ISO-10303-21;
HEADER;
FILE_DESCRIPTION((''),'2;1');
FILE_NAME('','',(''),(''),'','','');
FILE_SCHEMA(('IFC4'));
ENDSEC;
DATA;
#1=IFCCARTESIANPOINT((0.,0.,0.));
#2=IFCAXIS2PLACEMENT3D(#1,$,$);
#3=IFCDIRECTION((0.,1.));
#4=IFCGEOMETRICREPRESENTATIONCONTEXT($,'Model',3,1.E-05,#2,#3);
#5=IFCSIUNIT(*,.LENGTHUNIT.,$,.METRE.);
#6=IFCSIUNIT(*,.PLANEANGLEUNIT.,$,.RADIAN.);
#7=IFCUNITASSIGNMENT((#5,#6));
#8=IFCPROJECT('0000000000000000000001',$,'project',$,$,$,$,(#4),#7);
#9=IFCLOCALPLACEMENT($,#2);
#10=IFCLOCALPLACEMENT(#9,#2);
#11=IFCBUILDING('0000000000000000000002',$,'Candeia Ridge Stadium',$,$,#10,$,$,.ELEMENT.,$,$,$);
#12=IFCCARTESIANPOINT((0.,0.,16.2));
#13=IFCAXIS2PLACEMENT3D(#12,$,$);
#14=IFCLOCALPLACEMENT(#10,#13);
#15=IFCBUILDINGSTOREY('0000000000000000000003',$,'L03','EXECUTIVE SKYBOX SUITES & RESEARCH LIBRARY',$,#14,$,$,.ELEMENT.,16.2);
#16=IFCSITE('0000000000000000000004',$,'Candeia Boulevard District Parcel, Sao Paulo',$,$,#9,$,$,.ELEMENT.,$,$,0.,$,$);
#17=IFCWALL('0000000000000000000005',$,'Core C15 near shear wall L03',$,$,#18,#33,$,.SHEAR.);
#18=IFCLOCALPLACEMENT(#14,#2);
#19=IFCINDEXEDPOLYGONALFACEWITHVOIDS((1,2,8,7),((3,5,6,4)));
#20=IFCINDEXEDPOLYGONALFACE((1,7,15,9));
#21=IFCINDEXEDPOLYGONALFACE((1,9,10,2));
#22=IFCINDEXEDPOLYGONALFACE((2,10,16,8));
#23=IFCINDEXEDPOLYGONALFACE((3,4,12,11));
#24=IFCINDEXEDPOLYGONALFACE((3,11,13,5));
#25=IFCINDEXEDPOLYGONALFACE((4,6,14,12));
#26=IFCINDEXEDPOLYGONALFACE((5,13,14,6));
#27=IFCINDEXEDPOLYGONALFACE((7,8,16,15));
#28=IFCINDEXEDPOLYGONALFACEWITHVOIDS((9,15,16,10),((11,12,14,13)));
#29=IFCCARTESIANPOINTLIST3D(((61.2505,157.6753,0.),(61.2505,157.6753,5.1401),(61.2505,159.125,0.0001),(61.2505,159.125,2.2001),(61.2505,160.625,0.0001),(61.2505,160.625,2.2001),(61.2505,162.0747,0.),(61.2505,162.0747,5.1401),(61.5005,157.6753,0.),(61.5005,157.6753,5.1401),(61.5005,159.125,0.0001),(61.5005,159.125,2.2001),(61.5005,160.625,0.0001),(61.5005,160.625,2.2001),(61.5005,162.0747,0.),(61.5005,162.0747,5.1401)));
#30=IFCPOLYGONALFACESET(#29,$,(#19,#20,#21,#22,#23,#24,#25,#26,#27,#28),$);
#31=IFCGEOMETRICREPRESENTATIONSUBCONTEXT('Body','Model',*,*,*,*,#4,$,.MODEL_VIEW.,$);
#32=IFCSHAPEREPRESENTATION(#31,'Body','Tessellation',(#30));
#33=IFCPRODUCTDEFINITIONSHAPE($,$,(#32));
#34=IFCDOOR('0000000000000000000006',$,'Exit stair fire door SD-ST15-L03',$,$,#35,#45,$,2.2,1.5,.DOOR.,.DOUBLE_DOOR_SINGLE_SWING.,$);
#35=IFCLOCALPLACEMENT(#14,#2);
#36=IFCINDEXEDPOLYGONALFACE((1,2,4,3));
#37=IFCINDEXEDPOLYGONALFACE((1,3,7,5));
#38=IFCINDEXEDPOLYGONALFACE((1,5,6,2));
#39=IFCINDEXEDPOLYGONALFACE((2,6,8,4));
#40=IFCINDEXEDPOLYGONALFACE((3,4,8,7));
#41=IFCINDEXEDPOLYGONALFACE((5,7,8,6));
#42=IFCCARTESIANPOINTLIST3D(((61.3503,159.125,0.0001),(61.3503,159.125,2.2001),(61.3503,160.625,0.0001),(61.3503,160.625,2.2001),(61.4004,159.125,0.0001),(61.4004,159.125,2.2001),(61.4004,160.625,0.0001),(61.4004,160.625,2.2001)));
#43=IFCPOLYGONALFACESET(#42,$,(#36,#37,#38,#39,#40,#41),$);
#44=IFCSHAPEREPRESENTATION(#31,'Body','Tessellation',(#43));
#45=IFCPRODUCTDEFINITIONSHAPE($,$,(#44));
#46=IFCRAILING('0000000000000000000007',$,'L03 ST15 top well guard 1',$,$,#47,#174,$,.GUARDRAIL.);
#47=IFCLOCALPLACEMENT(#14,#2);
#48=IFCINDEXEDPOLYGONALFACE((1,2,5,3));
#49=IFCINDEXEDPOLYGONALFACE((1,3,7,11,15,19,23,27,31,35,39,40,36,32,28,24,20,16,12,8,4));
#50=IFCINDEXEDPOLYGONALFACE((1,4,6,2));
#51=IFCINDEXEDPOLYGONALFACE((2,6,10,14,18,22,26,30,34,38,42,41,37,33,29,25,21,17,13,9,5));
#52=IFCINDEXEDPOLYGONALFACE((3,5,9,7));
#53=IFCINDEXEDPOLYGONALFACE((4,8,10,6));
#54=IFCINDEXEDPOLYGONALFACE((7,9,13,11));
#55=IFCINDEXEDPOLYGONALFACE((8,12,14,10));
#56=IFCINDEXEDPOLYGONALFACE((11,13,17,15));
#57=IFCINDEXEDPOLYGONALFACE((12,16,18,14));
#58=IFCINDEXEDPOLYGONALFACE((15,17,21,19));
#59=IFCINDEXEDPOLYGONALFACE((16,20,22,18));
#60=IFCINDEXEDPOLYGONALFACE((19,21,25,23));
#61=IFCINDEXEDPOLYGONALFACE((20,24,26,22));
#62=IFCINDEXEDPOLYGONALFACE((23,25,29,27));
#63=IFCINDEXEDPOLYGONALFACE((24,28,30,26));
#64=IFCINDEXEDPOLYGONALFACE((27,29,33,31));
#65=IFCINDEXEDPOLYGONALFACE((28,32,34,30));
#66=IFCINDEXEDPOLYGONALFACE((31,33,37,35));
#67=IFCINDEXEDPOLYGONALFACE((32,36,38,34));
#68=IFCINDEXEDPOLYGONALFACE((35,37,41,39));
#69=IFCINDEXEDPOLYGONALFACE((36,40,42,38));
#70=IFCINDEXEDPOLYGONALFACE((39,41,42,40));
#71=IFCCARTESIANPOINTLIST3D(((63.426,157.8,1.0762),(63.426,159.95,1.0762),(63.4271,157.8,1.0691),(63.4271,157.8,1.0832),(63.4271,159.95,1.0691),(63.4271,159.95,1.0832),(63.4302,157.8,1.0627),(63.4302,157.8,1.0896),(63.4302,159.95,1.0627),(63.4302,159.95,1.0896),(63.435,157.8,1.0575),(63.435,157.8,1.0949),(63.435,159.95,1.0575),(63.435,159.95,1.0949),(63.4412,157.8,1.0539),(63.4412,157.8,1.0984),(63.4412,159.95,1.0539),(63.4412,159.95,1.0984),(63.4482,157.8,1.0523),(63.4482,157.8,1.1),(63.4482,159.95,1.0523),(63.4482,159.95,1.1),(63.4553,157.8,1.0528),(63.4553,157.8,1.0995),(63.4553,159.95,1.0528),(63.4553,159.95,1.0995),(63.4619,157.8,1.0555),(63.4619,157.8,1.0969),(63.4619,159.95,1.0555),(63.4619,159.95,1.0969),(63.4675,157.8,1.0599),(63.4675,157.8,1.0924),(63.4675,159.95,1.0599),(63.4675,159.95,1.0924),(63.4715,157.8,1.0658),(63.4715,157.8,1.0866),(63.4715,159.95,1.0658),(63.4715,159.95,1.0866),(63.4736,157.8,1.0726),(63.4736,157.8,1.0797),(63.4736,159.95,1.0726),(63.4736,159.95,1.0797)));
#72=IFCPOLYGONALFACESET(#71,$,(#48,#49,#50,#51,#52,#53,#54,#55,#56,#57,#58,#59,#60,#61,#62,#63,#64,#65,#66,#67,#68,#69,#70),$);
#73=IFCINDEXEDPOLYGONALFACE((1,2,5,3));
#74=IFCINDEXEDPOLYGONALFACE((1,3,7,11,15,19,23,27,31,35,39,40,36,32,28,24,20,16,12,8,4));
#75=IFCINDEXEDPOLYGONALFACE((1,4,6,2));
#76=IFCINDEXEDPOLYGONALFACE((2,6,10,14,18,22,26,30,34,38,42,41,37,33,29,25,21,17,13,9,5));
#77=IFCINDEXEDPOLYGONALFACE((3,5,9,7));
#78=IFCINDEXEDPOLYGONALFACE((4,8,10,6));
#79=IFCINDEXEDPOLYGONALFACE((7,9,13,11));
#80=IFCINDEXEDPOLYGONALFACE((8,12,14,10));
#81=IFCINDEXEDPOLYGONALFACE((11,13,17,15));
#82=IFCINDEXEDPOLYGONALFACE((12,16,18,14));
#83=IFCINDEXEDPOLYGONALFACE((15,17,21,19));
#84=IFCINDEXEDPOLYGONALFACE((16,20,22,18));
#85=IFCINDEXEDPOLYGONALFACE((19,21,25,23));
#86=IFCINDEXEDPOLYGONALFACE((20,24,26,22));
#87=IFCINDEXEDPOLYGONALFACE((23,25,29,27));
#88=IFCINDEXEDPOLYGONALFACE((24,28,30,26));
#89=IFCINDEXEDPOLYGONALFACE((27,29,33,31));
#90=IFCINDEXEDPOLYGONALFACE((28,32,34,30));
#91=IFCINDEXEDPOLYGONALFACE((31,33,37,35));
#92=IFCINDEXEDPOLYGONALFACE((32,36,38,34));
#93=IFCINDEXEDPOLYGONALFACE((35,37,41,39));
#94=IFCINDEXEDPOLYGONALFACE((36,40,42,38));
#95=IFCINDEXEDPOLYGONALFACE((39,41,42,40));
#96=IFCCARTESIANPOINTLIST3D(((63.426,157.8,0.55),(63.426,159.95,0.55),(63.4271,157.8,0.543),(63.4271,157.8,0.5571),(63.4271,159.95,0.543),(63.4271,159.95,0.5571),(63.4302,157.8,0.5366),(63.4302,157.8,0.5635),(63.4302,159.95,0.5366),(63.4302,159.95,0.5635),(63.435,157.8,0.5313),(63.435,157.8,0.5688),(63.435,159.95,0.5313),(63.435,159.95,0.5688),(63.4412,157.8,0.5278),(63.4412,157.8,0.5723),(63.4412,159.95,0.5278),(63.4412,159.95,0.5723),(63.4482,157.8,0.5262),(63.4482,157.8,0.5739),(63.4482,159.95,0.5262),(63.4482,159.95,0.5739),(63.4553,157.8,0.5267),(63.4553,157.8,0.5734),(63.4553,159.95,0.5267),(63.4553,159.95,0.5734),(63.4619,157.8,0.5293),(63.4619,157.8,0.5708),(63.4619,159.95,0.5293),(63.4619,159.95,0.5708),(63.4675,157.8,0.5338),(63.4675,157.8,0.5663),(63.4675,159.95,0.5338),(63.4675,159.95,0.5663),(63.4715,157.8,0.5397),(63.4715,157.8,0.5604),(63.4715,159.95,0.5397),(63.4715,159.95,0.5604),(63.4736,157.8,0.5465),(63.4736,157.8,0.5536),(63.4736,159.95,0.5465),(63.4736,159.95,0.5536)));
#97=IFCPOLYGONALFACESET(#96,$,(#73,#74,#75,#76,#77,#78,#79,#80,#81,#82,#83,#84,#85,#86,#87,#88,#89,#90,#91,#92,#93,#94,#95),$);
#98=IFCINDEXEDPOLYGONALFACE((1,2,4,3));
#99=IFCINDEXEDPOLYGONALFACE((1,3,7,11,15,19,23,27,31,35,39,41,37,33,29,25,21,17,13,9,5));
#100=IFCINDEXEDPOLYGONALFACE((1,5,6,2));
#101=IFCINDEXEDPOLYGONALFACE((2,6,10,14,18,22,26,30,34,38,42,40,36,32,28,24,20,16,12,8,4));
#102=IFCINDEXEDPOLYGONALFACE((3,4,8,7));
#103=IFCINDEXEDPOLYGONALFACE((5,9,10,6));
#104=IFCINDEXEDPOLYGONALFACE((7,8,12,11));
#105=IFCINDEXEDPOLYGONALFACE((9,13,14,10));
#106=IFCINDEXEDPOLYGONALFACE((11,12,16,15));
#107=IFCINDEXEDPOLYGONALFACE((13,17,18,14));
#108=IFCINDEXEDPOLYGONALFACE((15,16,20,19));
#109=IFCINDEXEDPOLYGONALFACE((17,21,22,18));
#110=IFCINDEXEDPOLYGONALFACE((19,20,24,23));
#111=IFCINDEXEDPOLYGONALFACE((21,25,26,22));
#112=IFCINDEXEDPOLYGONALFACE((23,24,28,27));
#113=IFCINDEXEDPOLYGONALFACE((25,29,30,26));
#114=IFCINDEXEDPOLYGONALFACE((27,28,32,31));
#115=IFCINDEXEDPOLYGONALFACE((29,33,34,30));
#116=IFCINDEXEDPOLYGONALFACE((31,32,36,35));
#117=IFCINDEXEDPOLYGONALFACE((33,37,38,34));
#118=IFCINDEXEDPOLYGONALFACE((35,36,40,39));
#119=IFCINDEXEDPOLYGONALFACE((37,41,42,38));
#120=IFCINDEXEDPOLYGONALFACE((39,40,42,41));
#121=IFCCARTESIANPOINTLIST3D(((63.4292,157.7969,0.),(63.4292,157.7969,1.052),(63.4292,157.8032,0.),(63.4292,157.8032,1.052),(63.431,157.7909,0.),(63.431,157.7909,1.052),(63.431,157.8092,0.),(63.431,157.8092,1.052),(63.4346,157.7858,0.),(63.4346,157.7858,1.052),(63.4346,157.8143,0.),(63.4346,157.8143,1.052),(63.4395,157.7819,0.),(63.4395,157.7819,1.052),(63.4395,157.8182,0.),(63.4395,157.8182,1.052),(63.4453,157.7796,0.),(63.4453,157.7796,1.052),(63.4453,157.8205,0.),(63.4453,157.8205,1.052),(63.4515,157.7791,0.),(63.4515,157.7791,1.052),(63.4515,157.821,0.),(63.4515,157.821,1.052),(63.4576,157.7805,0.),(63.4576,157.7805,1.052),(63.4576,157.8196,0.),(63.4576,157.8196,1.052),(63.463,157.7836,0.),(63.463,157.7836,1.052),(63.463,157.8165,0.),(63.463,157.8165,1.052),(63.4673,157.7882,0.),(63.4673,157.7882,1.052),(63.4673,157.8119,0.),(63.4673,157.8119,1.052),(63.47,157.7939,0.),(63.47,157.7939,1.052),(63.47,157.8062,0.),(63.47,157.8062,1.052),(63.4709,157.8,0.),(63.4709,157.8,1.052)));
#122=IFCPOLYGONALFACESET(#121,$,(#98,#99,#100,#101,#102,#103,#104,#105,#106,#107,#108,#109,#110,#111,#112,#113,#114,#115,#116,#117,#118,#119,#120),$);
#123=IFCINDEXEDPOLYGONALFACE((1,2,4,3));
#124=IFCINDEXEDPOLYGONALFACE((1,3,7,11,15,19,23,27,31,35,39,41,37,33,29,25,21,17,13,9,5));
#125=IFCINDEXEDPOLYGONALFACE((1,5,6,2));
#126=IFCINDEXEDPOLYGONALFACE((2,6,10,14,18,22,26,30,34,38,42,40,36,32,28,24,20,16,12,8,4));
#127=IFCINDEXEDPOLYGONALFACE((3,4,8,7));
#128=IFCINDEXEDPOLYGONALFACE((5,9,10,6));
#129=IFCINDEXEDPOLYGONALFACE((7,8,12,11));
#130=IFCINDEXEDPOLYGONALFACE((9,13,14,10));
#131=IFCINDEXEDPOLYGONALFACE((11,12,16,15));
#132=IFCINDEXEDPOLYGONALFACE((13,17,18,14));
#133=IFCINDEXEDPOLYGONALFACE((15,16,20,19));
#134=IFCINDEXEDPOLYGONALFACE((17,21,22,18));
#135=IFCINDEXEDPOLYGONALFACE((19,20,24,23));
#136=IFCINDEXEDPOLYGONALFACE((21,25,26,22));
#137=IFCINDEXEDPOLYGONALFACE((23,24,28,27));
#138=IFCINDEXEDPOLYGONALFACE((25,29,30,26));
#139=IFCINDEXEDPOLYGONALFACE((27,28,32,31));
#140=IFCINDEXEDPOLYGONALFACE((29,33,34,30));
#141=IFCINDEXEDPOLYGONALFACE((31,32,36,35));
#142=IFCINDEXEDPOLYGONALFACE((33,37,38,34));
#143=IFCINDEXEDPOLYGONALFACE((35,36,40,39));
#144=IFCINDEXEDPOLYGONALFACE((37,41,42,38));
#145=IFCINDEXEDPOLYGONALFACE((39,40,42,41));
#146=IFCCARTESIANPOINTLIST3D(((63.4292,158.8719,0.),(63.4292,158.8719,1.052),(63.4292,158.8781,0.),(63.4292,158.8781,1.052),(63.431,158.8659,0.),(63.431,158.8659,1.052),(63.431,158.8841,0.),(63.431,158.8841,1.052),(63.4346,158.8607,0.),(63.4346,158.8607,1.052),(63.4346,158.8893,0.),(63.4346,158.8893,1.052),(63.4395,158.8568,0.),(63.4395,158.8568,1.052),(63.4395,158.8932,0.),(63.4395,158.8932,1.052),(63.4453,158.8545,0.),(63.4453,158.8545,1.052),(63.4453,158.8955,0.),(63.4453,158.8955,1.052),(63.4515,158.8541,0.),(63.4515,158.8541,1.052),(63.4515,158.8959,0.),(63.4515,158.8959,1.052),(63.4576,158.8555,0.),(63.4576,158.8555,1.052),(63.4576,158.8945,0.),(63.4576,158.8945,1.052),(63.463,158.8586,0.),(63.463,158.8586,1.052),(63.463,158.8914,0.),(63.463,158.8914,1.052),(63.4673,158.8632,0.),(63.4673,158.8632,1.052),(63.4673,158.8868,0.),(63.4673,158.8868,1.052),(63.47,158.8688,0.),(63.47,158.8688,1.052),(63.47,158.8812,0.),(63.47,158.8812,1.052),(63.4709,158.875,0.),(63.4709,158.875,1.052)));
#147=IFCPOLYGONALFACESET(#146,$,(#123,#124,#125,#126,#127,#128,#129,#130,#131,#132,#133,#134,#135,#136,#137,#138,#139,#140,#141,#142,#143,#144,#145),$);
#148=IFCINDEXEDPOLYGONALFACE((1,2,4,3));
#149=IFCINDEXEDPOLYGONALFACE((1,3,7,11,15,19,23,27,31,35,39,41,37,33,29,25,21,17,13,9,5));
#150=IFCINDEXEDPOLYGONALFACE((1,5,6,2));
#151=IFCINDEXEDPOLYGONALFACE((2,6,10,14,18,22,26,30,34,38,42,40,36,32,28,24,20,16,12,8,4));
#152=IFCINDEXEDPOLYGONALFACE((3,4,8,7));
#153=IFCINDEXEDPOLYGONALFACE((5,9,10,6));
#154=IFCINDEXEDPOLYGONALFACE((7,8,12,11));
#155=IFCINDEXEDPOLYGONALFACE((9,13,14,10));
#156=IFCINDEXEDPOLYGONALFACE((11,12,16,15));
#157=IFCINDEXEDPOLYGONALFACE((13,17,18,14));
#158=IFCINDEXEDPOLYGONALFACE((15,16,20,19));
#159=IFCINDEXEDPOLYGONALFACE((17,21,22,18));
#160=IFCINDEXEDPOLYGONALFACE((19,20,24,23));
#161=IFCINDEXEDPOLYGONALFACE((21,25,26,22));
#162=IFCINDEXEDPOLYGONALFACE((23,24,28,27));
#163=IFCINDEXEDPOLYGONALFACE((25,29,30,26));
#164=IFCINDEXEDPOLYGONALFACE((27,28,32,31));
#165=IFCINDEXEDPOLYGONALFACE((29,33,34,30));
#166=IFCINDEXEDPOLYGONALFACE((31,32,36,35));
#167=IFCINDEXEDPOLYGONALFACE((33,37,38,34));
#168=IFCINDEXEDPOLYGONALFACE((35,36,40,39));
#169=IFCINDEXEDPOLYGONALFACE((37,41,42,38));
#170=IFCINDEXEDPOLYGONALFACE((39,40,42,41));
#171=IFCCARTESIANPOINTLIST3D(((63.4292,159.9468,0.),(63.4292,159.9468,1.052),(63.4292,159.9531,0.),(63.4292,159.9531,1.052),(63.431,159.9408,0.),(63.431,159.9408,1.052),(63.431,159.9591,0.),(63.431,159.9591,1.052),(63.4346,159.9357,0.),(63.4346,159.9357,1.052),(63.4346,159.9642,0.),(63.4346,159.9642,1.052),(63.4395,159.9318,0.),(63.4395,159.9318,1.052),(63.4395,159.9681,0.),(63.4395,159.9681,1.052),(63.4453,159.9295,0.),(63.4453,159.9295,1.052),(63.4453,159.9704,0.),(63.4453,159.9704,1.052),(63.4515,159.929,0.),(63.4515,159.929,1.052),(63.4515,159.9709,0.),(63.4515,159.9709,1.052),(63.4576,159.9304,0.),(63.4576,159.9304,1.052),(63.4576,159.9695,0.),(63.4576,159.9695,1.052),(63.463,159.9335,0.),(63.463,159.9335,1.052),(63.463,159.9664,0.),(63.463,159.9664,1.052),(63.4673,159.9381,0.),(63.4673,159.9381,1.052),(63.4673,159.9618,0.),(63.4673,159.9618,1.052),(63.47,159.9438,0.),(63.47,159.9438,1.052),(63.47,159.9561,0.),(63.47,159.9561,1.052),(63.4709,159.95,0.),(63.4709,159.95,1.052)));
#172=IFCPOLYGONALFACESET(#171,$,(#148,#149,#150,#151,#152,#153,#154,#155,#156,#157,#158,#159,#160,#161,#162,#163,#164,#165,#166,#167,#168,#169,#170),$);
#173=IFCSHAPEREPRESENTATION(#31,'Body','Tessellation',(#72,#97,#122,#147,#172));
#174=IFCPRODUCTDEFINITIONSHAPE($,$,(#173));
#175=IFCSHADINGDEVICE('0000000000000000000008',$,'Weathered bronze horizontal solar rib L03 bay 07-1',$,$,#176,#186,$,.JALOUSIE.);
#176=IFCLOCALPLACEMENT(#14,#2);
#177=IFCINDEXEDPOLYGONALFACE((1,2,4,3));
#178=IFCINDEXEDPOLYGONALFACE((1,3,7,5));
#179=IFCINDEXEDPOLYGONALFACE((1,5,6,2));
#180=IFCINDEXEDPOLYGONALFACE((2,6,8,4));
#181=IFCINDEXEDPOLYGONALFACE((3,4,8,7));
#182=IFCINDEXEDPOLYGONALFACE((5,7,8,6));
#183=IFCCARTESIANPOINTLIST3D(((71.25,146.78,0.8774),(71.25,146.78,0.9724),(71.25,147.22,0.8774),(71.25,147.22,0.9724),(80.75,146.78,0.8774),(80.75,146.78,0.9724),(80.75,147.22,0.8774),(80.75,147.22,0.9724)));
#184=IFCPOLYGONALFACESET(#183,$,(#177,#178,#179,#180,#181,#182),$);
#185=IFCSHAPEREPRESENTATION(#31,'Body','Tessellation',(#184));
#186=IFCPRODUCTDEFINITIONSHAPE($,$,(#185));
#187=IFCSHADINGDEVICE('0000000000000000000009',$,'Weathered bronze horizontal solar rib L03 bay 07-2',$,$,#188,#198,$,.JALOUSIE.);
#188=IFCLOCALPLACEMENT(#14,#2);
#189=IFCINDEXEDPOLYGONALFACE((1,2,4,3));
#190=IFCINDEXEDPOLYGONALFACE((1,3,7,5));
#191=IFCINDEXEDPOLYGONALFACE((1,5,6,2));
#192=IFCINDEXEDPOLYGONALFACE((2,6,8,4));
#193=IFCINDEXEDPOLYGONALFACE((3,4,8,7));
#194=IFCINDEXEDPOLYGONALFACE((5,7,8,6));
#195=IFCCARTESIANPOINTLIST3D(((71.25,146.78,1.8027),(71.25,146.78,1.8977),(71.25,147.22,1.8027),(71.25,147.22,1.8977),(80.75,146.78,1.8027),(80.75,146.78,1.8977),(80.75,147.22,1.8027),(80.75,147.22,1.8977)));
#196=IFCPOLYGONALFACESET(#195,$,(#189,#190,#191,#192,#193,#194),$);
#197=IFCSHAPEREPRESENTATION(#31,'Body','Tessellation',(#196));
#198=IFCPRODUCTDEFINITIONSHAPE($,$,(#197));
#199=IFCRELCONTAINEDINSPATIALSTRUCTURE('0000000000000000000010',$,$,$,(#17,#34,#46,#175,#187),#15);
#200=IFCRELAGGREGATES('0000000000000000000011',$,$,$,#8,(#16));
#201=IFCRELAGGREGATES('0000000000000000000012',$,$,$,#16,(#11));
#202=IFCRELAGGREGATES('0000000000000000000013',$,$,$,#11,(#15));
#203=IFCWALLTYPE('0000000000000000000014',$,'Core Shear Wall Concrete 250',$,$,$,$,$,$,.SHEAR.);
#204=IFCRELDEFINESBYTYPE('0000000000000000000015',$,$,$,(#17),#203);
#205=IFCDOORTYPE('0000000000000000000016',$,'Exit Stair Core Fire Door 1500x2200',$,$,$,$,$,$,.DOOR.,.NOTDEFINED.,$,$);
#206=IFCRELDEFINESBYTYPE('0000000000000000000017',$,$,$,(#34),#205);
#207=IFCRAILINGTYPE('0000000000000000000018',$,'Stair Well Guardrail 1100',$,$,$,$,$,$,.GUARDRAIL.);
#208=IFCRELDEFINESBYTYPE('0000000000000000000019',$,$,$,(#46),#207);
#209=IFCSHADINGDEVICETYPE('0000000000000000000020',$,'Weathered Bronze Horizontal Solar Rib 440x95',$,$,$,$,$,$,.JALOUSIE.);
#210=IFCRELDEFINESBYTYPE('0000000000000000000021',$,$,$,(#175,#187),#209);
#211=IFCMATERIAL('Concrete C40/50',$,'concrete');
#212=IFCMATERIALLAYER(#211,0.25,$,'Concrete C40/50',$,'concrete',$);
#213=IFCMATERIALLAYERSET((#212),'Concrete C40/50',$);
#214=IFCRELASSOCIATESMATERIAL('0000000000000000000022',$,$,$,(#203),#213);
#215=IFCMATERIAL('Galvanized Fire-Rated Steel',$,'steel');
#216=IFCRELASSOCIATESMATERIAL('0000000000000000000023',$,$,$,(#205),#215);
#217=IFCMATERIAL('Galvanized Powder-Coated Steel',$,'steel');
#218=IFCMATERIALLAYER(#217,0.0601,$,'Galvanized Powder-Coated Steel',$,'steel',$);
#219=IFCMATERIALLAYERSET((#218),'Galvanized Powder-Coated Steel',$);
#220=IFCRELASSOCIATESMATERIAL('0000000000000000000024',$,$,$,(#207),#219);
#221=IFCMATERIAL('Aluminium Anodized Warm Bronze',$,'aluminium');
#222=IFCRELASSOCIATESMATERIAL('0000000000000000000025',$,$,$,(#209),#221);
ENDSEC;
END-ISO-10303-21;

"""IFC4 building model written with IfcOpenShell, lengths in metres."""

from ifc_helpers import new_model, si_unit, direction, frame, frame_2d, origin, origin_2d, place, context, subcontext, project, spatial, rectangle, circle, extrude, material, layer, layer_set, type_object, element, fill, save


model = new_model("IFC4")

# Units and contexts
model_context = context("Model", 3, precision=1e-05, world=origin(), true_north=direction((0.0, 1.0)))
body_context = subcontext(model_context, "Body", "Model", "MODEL_VIEW")
ifc_project = project(units=[si_unit("LENGTHUNIT", "METRE"), si_unit("PLANEANGLEUNIT", "RADIAN")], contexts=[model_context])

# Site, building, storey
site_placement = place(None, origin())
site = spatial("IfcSite", under=ifc_project, at=site_placement, Name="Candeia Boulevard District Parcel, Sao Paulo", CompositionType="ELEMENT", RefElevation=0.0)
building_placement = place(site_placement, origin())
building = spatial("IfcBuilding", under=site, at=building_placement, Name="Candeia Ridge Stadium", CompositionType="ELEMENT")
storey_placement = place(building_placement, frame((0.0, 0.0, 16.2)))
storey = spatial("IfcBuildingStorey", under=building, at=storey_placement, Name="L03", Description="EXECUTIVE SKYBOX SUITES & RESEARCH LIBRARY", CompositionType="ELEMENT", Elevation=16.2)

# Shared definitions
ifc_material_1 = material(Name="Concrete C40/50", Category="concrete")

# Shared definitions
ifc_material_2 = material(Name="Aluminium Anodized Warm Bronze", Category="aluminium")

# Shared definitions
ifc_layer_1 = layer(ifc_material_1, 0.25, Name="Concrete C40/50", Category="concrete")
ifc_layer_set_1 = layer_set([ifc_layer_1], Name="Concrete C40/50")
wall_type = type_object("IfcWallType", Name="Core Shear Wall Concrete 250", PredefinedType="SHEAR", material=ifc_layer_set_1)

# Wall, opening, door
wall_1_placement = place(storey_placement, frame((61.3755, 162.0747, 0.0), z_axis=(0.0, 0.0, 1.0), x_axis=(0.0, -1.0, 0.0)))
wall_1 = element("IfcWall", 1, at=wall_1_placement, inside=storey, type_object=wall_type, Name="Core C15 near shear wall L03", PredefinedType="SHEAR", context=body_context, shape_type="SweptSolid", body=[
    extrude(rectangle(XDim=4.3994, YDim=0.25, at=frame_2d((2.1997, 0.0))), origin(), (0.0, 0.0, 1.0), 5.1401),
])
opening_placement = place(wall_1_placement, frame((1.4497, 0.0, 0.0)))
opening = element("IfcOpeningElement", 2, at=opening_placement, cuts=wall_1, PredefinedType="OPENING", context=body_context, shape_type="SweptSolid", body=[
    extrude(rectangle(XDim=1.5, YDim=2.2, at=frame_2d((0.75, 1.1001))), frame((0.0, 0.135, 0.0), z_axis=(0.0, -1.0, 0.0), x_axis=(1.0, 0.0, 0.0)), (0.0, 0.0, 1.0), 0.27),
])
ifc_material_3 = material(Name="Galvanized Fire-Rated Steel", Category="steel")
door_type = type_object("IfcDoorType", Name="Exit Stair Core Fire Door 1500x2200", OperationType="NOTDEFINED", PredefinedType="DOOR", material=ifc_material_3)
door_placement = place(opening_placement, origin())
door = element("IfcDoor", 3, at=door_placement, inside=storey, type_object=door_type, Name="Exit stair fire door SD-ST15-L03", OperationType="DOUBLE_DOOR_SINGLE_SWING", OverallHeight=2.2, OverallWidth=1.5, PredefinedType="DOOR", context=body_context, shape_type="SweptSolid", body=[
    extrude(rectangle(XDim=1.5, YDim=2.2, at=frame_2d((0.75, 1.1001))), frame((0.0, 0.0249, 0.0), z_axis=(0.0, -1.0, 0.0), x_axis=(1.0, 0.0, 0.0)), (0.0, 0.0, 1.0), 0.05),
])
fill(opening, door)

# Railing
ifc_material_4 = material(Name="Galvanized Powder-Coated Steel", Category="steel")
ifc_layer_2 = layer(ifc_material_4, 0.0601, Name="Galvanized Powder-Coated Steel", Category="steel")
ifc_layer_set_2 = layer_set([ifc_layer_2], Name="Galvanized Powder-Coated Steel")
railing_type = type_object("IfcRailingType", Name="Stair Well Guardrail 1100", PredefinedType="GUARDRAIL", material=ifc_layer_set_2)
railing_placement = place(storey_placement, frame((63.45, 157.8, 0.0)))
element("IfcRailing", 4, at=railing_placement, inside=storey, type_object=railing_type, Name="L03 ST15 top well guard 1", PredefinedType="GUARDRAIL", context=body_context, shape_type="SweptSolid", body=[
    extrude(circle(Radius=0.0239, at=origin_2d()), frame((0.0, 0.0, 1.0762), z_axis=(0.0, 1.0, 0.0), x_axis=(-1.0, 0.0, 0.0)), (0.0, 0.0, 1.0), 2.1499),
    extrude(circle(Radius=0.0239, at=origin_2d()), frame((0.0, 0.0, 0.55), z_axis=(0.0, 1.0, 0.0), x_axis=(-1.0, 0.0, 0.0)), (0.0, 0.0, 1.0), 2.1499),
    extrude(circle(Radius=0.021, at=origin_2d()), origin(), (0.0, 0.0, 1.0), 1.052),
    extrude(circle(Radius=0.021, at=origin_2d()), frame((0.0, 1.075, 0.0)), (0.0, 0.0, 1.0), 1.052),
    extrude(circle(Radius=0.021, at=origin_2d()), frame((0.0, 2.1499, 0.0)), (0.0, 0.0, 1.0), 1.052),
])

# Shading devices
shading_device_type = type_object("IfcShadingDeviceType", Name="Weathered Bronze Horizontal Solar Rib 440x95", PredefinedType="JALOUSIE", material=ifc_material_2)
for number, where, z_axis, x_axis, name in (
    (5, (76.0, 147.0, 0.8774), (0.0, 0.0, 1.0), (-1.0, 0.0, 0.0), "Weathered bronze horizontal solar rib L03 bay 07-1"),
    (6, (76.0, 147.0, 1.8027), (0.0, 0.0, 1.0), (-1.0, 0.0, 0.0), "Weathered bronze horizontal solar rib L03 bay 07-2"),
):
    element("IfcShadingDevice", number, at=place(storey_placement, frame(where, z_axis=z_axis, x_axis=x_axis)), inside=storey, type_object=shading_device_type, Name=name, PredefinedType="JALOUSIE", context=body_context, shape_type="SweptSolid", body=[
        extrude(rectangle(XDim=9.5, YDim=0.4399, at=origin_2d()), origin(), (0.0, 0.0, 1.0), 0.095),
    ])

save(model, "model.ifc")
